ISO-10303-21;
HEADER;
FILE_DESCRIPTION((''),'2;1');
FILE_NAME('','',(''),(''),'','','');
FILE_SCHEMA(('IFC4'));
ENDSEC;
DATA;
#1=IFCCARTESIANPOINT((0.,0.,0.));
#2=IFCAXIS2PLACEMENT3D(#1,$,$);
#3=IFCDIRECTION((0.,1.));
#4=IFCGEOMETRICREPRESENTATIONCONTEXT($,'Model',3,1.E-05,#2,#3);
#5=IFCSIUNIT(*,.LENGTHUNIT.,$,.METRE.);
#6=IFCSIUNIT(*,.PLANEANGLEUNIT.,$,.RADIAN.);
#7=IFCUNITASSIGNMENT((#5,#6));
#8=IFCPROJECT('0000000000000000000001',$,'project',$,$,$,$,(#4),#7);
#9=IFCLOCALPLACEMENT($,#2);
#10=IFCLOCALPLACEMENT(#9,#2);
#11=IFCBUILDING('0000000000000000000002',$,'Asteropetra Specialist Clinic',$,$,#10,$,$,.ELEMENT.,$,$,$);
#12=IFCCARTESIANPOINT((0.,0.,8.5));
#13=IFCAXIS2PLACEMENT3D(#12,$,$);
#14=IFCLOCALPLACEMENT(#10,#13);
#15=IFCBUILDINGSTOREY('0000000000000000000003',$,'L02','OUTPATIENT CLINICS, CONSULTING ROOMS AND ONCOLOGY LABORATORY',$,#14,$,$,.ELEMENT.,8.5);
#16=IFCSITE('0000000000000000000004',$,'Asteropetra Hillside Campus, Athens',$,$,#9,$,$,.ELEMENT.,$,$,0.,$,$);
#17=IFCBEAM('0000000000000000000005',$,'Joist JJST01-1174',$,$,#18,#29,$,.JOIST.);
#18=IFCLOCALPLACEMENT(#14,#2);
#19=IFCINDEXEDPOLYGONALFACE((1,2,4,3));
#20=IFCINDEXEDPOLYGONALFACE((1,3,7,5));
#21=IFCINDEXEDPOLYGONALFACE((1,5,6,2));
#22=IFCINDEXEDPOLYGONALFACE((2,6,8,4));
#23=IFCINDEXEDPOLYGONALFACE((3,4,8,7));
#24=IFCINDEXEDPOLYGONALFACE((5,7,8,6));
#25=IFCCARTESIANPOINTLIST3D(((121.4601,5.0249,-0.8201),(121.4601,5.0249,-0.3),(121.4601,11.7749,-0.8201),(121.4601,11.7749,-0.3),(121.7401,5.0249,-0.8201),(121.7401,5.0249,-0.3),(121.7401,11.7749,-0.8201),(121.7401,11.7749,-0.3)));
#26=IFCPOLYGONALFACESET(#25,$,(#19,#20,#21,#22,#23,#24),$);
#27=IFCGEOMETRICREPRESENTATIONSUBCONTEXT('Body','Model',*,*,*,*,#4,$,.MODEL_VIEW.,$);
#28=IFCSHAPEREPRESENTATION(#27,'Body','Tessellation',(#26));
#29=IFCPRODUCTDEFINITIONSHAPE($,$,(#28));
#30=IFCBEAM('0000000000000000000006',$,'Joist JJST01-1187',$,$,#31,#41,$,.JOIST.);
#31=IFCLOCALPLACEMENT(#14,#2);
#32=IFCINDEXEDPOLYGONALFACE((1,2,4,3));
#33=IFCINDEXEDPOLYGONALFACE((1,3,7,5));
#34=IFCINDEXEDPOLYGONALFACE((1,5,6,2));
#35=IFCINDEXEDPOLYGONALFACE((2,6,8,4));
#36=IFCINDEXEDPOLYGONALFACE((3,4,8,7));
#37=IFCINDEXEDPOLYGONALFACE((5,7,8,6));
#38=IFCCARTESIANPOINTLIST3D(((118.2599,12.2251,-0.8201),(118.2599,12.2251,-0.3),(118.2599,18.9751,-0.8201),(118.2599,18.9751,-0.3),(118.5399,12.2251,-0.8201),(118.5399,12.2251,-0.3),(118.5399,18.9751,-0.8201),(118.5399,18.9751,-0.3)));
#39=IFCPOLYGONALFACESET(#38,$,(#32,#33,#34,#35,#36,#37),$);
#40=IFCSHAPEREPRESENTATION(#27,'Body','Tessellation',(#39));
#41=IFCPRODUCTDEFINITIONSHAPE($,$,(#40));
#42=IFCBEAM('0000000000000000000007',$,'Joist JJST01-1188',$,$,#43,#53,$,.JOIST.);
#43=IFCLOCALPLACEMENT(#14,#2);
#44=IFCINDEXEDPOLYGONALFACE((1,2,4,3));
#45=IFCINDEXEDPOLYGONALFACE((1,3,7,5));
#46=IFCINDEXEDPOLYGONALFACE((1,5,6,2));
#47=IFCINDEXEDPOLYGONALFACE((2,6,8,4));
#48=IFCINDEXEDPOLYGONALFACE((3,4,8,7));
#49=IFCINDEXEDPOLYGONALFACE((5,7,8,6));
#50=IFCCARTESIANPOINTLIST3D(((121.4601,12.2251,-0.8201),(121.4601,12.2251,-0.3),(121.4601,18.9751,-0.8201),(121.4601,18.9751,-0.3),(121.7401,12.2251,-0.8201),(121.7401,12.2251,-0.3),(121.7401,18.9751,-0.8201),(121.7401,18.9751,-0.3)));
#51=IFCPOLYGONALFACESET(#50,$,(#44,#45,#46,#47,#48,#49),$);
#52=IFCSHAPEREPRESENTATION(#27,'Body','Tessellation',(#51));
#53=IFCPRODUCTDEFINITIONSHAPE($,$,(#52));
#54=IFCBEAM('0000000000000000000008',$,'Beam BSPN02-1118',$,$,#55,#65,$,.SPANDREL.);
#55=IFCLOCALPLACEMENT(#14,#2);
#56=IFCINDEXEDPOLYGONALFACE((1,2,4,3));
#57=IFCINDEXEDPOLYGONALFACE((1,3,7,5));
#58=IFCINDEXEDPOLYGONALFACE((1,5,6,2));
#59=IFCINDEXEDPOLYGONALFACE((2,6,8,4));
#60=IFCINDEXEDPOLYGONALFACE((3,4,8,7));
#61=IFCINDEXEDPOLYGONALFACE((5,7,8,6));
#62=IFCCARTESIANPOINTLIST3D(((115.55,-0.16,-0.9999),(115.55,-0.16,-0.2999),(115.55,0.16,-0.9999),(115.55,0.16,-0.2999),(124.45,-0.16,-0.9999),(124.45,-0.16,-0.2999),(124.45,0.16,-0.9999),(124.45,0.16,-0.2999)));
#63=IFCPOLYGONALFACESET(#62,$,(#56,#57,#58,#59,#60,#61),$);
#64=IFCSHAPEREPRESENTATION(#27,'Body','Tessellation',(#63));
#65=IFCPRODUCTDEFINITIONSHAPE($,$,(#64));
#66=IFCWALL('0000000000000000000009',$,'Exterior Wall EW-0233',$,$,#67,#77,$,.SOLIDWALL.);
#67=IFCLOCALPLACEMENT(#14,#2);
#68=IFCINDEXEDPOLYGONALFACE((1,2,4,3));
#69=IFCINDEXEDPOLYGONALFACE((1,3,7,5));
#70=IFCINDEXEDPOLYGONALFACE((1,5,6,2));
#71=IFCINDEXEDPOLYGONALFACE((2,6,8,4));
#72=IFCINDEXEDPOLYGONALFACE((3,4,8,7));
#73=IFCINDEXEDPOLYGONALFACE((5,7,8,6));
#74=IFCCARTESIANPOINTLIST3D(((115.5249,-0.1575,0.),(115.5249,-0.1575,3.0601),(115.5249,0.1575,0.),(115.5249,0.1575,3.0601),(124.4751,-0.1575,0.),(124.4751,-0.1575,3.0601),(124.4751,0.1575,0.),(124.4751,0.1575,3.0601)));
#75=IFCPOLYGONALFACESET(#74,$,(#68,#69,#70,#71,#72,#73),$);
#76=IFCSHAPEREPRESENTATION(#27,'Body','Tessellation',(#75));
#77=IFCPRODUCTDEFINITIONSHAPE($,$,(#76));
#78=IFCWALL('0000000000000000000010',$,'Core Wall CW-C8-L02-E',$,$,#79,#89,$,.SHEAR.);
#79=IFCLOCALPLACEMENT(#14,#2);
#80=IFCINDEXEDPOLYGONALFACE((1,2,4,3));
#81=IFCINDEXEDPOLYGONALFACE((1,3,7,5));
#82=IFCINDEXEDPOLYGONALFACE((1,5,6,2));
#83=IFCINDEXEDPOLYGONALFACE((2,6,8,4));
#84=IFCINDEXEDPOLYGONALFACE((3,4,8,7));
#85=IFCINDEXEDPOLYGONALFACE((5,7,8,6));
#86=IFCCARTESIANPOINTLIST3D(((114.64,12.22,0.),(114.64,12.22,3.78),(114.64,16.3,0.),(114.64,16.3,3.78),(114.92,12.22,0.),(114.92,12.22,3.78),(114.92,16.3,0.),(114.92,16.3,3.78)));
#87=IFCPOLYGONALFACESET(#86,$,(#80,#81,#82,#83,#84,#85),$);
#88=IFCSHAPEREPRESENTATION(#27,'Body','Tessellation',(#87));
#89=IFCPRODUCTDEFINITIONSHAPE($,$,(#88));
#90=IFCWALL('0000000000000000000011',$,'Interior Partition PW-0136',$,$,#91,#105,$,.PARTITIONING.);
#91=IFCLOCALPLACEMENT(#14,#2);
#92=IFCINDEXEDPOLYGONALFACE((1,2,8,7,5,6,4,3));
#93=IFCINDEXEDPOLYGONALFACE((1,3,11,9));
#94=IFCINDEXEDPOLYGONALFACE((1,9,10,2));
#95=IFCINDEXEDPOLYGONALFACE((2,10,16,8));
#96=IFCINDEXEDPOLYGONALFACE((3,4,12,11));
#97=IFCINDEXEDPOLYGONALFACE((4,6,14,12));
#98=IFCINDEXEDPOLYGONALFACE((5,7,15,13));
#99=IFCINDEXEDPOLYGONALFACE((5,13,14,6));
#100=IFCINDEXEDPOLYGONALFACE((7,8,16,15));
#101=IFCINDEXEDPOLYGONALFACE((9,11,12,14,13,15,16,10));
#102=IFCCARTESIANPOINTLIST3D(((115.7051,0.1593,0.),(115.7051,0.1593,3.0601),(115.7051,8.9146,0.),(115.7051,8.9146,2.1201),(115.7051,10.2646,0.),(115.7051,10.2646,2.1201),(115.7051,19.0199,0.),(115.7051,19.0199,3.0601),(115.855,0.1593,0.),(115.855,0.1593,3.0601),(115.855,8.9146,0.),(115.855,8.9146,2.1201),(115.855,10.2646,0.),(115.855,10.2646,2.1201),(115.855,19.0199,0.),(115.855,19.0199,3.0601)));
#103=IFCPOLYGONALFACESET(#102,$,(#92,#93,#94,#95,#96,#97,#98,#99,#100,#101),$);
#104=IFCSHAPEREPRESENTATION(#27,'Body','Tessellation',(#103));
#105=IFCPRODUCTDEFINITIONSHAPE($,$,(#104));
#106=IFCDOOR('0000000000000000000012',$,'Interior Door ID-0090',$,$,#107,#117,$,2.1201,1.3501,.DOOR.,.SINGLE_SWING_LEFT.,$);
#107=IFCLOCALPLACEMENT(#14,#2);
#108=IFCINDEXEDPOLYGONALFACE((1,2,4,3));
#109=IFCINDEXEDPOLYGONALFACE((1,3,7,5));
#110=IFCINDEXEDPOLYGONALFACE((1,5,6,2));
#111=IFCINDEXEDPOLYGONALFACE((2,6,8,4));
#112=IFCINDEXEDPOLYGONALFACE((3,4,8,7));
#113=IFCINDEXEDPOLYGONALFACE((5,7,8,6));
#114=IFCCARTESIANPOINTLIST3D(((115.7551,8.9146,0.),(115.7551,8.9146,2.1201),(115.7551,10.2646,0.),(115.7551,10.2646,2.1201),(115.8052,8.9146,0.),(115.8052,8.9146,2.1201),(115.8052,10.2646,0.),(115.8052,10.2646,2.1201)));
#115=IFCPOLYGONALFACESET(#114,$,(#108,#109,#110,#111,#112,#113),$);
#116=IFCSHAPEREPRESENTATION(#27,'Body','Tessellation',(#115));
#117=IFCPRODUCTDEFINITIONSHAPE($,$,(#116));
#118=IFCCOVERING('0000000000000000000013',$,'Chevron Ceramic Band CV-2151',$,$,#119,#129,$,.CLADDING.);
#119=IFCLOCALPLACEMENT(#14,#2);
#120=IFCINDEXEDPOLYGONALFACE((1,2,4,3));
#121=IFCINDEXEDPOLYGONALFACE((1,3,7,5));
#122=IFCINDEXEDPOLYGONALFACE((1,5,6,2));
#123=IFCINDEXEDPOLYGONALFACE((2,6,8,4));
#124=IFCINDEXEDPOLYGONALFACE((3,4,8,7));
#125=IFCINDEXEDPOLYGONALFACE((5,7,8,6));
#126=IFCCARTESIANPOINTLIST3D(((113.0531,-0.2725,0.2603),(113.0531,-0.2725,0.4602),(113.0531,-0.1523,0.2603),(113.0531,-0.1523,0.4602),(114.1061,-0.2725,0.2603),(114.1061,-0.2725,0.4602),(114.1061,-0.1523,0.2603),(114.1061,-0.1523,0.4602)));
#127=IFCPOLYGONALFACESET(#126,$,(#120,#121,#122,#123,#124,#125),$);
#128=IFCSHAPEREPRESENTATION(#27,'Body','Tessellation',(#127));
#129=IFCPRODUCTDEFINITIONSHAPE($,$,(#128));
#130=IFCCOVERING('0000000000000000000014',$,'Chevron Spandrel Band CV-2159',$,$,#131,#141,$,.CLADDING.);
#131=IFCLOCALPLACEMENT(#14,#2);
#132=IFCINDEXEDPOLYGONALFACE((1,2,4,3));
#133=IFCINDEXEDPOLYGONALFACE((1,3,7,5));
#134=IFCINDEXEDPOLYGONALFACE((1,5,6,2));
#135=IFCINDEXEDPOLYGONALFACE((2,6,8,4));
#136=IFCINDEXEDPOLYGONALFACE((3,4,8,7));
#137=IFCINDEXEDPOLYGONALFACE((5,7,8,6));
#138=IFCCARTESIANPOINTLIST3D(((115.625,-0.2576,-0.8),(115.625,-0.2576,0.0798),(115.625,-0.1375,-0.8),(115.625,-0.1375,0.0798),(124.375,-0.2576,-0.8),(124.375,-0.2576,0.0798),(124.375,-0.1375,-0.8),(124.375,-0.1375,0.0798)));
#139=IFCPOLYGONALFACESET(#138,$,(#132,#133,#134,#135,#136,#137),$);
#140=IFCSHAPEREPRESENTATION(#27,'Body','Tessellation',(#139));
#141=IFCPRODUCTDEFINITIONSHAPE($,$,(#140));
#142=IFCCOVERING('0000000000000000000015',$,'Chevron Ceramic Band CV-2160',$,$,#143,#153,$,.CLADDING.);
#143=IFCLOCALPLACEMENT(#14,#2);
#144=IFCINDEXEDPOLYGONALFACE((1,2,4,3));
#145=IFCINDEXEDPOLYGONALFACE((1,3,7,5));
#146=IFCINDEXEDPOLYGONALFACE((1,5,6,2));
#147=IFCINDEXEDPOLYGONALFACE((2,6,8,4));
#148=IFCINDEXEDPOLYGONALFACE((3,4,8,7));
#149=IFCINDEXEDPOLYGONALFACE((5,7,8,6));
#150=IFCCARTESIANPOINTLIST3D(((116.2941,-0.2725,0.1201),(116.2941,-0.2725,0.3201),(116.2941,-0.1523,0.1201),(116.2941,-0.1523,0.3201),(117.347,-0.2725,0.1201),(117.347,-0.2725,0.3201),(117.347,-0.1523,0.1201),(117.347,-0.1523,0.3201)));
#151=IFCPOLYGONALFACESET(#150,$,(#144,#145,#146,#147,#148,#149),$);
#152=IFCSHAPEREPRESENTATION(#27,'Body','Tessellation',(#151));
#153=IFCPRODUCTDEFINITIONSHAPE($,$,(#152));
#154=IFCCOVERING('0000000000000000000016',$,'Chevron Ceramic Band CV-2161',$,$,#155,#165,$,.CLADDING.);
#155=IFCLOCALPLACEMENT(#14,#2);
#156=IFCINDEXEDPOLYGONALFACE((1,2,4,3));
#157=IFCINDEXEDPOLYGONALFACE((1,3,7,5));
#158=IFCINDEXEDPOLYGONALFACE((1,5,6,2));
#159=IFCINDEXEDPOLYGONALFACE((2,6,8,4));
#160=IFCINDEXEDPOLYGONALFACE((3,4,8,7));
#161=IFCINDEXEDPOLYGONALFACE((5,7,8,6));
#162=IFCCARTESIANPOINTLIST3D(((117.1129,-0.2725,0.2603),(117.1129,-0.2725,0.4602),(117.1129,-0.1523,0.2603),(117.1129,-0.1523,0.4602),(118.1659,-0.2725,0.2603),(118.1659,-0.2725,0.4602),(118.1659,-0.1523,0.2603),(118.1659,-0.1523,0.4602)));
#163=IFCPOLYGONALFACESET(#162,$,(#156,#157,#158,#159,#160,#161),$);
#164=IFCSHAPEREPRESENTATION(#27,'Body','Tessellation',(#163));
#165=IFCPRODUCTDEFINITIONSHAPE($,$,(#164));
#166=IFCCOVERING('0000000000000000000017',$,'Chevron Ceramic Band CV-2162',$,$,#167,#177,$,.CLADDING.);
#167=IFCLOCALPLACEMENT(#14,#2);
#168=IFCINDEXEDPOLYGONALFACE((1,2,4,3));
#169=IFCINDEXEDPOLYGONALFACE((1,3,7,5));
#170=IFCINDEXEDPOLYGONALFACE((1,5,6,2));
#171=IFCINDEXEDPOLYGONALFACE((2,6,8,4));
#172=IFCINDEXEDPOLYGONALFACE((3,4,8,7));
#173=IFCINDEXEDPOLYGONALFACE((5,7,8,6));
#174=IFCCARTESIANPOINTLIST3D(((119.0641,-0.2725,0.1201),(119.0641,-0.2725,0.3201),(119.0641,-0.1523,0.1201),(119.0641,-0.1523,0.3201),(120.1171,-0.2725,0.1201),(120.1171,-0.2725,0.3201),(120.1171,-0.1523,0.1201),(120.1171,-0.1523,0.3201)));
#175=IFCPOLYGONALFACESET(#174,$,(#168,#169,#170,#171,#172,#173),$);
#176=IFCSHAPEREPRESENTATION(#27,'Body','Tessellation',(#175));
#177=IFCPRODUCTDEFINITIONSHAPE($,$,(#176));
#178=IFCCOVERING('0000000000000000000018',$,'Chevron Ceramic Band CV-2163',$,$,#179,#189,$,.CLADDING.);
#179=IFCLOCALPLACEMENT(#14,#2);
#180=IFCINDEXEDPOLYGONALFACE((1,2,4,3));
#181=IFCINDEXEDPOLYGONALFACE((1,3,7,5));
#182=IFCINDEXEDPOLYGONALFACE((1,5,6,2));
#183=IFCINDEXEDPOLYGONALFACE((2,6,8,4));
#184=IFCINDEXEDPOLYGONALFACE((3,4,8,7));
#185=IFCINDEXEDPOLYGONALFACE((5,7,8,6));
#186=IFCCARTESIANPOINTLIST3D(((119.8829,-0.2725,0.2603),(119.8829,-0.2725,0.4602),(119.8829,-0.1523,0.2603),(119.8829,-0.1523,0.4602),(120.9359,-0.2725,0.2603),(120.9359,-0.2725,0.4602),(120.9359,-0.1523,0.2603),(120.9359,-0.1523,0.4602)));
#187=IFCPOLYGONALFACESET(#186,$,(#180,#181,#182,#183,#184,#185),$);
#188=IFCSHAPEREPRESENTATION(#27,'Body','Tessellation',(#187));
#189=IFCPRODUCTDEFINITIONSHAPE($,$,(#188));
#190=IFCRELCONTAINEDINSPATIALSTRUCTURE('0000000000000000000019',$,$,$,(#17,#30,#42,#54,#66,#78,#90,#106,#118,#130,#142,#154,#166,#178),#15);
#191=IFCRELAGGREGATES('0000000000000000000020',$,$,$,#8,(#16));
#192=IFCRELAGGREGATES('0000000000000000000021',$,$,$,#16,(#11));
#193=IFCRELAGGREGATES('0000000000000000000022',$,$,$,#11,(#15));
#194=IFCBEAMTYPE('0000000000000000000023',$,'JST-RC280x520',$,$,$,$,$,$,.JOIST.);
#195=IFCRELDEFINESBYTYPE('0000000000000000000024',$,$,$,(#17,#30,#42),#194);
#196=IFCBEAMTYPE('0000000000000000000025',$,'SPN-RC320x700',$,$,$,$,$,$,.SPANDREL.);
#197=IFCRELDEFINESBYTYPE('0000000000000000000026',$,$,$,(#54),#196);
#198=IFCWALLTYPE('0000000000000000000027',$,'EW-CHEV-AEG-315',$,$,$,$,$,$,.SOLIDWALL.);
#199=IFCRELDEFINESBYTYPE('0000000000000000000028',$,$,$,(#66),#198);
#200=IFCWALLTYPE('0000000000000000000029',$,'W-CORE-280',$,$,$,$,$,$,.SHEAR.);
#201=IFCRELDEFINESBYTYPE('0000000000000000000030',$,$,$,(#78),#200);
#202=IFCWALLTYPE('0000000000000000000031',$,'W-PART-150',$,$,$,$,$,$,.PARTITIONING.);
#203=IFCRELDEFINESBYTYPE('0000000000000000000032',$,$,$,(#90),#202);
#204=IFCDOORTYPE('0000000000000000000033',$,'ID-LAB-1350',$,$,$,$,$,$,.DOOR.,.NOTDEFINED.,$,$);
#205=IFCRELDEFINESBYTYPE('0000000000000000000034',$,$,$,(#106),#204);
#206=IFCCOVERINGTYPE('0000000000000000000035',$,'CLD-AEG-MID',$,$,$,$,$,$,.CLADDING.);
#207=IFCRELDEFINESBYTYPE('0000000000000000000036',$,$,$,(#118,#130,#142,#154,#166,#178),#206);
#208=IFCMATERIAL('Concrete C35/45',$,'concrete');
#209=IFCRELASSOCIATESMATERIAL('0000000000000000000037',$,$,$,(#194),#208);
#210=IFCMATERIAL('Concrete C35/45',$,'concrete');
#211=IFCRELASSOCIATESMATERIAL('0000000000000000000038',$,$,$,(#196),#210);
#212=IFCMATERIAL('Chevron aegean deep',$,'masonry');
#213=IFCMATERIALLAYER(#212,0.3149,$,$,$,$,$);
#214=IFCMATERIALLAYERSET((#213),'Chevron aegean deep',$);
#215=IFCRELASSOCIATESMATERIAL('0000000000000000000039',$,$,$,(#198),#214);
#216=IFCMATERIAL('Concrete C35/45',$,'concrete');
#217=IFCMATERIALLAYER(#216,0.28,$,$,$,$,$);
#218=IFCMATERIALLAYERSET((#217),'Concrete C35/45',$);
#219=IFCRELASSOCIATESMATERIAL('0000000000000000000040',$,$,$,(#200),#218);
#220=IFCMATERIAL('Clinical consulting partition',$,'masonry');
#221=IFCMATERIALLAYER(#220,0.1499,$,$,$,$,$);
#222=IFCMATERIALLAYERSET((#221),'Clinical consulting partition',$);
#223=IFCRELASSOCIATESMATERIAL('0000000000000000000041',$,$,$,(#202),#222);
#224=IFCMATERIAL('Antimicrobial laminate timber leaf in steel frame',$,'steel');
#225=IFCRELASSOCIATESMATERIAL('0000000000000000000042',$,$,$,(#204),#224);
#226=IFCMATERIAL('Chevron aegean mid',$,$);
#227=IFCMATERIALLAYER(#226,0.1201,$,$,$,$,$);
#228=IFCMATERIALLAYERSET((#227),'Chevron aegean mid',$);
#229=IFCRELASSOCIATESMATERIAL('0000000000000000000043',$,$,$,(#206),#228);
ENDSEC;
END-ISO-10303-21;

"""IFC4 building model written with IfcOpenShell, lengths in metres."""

from ifc_helpers import new_model, si_unit, direction, frame, frame_2d, origin, origin_2d, place, context, subcontext, project, spatial, rectangle, extrude, material, layer, layer_set, material_profile, profile_set, type_object, element, fill, save


model = new_model("IFC4")

# Units and contexts
model_context = context("Model", 3, precision=1e-05, world=origin(), true_north=direction((0.0, 1.0)))
body_context = subcontext(model_context, "Body", "Model", "MODEL_VIEW")
ifc_project = project(units=[si_unit("LENGTHUNIT", "METRE"), si_unit("PLANEANGLEUNIT", "RADIAN")], contexts=[model_context])

# Site, building, storey
site_placement = place(None, origin())
site = spatial("IfcSite", under=ifc_project, at=site_placement, Name="Asteropetra Hillside Campus, Athens", CompositionType="ELEMENT", RefElevation=0.0)
building_placement = place(site_placement, origin())
building = spatial("IfcBuilding", under=site, at=building_placement, Name="Asteropetra Specialist Clinic", CompositionType="ELEMENT")
storey_placement = place(building_placement, frame((0.0, 0.0, 8.5)))
storey = spatial("IfcBuildingStorey", under=building, at=storey_placement, Name="L02", Description="OUTPATIENT CLINICS, CONSULTING ROOMS AND ONCOLOGY LABORATORY", CompositionType="ELEMENT", Elevation=8.5)

# Beams
ifc_material_1 = material(Name="Concrete C35/45", Category="concrete")
ifc_material_profile_1 = material_profile(ifc_material_1, rectangle(XDim=0.28, YDim=0.52, at=origin_2d()), Name="RCJ 280x520")
ifc_profile_set_1 = profile_set([ifc_material_profile_1], Name="Concrete C35/45")
beam_type_1 = type_object("IfcBeamType", Name="JST-RC280x520", PredefinedType="JOIST", material=ifc_profile_set_1)
for number, where, z_axis, x_axis, name in (
    (1, (121.6001, 5.0249, -0.5601), (0.0, 1.0, 0.0), (-1.0, 0.0, 0.0), "Joist JJST01-1174"),
    (2, (118.3999, 12.2251, -0.5601), (0.0, 1.0, 0.0), (-1.0, 0.0, 0.0), "Joist JJST01-1187"),
    (3, (121.6001, 12.2251, -0.5601), (0.0, 1.0, 0.0), (-1.0, 0.0, 0.0), "Joist JJST01-1188"),
):
    element("IfcBeam", number, at=place(storey_placement, frame(where, z_axis=z_axis, x_axis=x_axis)), inside=storey, type_object=beam_type_1, Name=name, PredefinedType="JOIST", context=body_context, shape_type="SweptSolid", body=[
        extrude(rectangle(XDim=0.28, YDim=0.52, at=origin_2d()), origin(), (0.0, 0.0, 1.0), 6.75),
    ])
ifc_material_2 = material(Name="Concrete C35/45", Category="concrete")
ifc_material_profile_2 = material_profile(ifc_material_2, rectangle(XDim=0.3201, YDim=0.7, at=origin_2d()), Name="RCS 320x700")
ifc_profile_set_2 = profile_set([ifc_material_profile_2], Name="Concrete C35/45")
beam_type_2 = type_object("IfcBeamType", Name="SPN-RC320x700", PredefinedType="SPANDREL", material=ifc_profile_set_2)
beam_placement = place(storey_placement, frame((115.55, 0.0, -0.6499), z_axis=(1.0, 0.0, 0.0), x_axis=(0.0, 1.0, 0.0)))
element("IfcBeam", 4, at=beam_placement, inside=storey, type_object=beam_type_2, Name="Beam BSPN02-1118", PredefinedType="SPANDREL", context=body_context, shape_type="SweptSolid", body=[
    extrude(rectangle(XDim=0.3201, YDim=0.7, at=origin_2d()), origin(), (0.0, 0.0, 1.0), 8.8999),
])

# Walls
ifc_material_3 = material(Name="Chevron aegean deep", Category="masonry")
ifc_layer_1 = layer(ifc_material_3, 0.3149)
ifc_layer_set_1 = layer_set([ifc_layer_1], Name="Chevron aegean deep")
wall_type_1 = type_object("IfcWallType", Name="EW-CHEV-AEG-315", PredefinedType="SOLIDWALL", material=ifc_layer_set_1)
wall_1_placement = place(storey_placement, frame((115.5249, 0.0, 0.0), z_axis=(0.0, 0.0, 1.0), x_axis=(1.0, 0.0, 0.0)))
element("IfcWall", 5, at=wall_1_placement, inside=storey, type_object=wall_type_1, Name="Exterior Wall EW-0233", PredefinedType="SOLIDWALL", context=body_context, shape_type="SweptSolid", body=[
    extrude(rectangle(XDim=8.9502, YDim=0.3149, at=frame_2d((4.4751, 0.0))), origin(), (0.0, 0.0, 1.0), 3.0601),
])
ifc_material_4 = material(Name="Concrete C35/45", Category="concrete")
ifc_layer_2 = layer(ifc_material_4, 0.28)
ifc_layer_set_2 = layer_set([ifc_layer_2], Name="Concrete C35/45")
wall_type_2 = type_object("IfcWallType", Name="W-CORE-280", PredefinedType="SHEAR", material=ifc_layer_set_2)
wall_2_placement = place(storey_placement, frame((114.78, 12.22, 0.0), z_axis=(0.0, 0.0, 1.0), x_axis=(0.0, 1.0, 0.0)))
element("IfcWall", 6, at=wall_2_placement, inside=storey, type_object=wall_type_2, Name="Core Wall CW-C8-L02-E", PredefinedType="SHEAR", context=body_context, shape_type="SweptSolid", body=[
    extrude(rectangle(XDim=4.0801, YDim=0.28, at=frame_2d((2.04, 0.0))), origin(), (0.0, 0.0, 1.0), 3.78),
])

# Wall, opening, door
ifc_material_5 = material(Name="Clinical consulting partition", Category="masonry")
ifc_layer_3 = layer(ifc_material_5, 0.1499)
ifc_layer_set_3 = layer_set([ifc_layer_3], Name="Clinical consulting partition")
wall_type_3 = type_object("IfcWallType", Name="W-PART-150", PredefinedType="PARTITIONING", material=ifc_layer_set_3)
wall_3_placement = place(storey_placement, frame((115.78, 0.1594, 0.0), z_axis=(0.0, 0.0, 1.0), x_axis=(0.0, 1.0, 0.0)))
wall_3 = element("IfcWall", 7, at=wall_3_placement, inside=storey, type_object=wall_type_3, Name="Interior Partition PW-0136", PredefinedType="PARTITIONING", context=body_context, shape_type="SweptSolid", body=[
    extrude(rectangle(XDim=18.8606, YDim=0.1499, at=frame_2d((9.4302, 0.0))), origin(), (0.0, 0.0, 1.0), 3.0601),
])
opening_placement = place(wall_3_placement, frame((8.7551, 0.0, 0.0)))
opening = element("IfcOpeningElement", 8, at=opening_placement, cuts=wall_3, PredefinedType="OPENING", context=body_context, shape_type="SweptSolid", body=[
    extrude(rectangle(XDim=1.3501, YDim=2.1201, at=frame_2d((0.675, 1.0601))), frame((0.0, 0.085, 0.0), z_axis=(0.0, -1.0, 0.0), x_axis=(1.0, 0.0, 0.0)), (0.0, 0.0, 1.0), 0.1699),
])
ifc_material_6 = material(Name="Antimicrobial laminate timber leaf in steel frame", Category="steel")
door_type = type_object("IfcDoorType", Name="ID-LAB-1350", OperationType="NOTDEFINED", PredefinedType="DOOR", material=ifc_material_6)
door_placement = place(opening_placement, origin())
door = element("IfcDoor", 9, at=door_placement, inside=storey, type_object=door_type, Name="Interior Door ID-0090", OperationType="SINGLE_SWING_LEFT", OverallHeight=2.1201, OverallWidth=1.3501, PredefinedType="DOOR", context=body_context, shape_type="SweptSolid", body=[
    extrude(rectangle(XDim=1.3501, YDim=2.1201, at=frame_2d((0.675, 1.0601))), frame((0.0, 0.0249, 0.0), z_axis=(0.0, -1.0, 0.0), x_axis=(1.0, 0.0, 0.0)), (0.0, 0.0, 1.0), 0.05),
])
fill(opening, door)

# Coverings
ifc_material_7 = material(Name="Chevron aegean mid")
ifc_layer_4 = layer(ifc_material_7, 0.1201)
ifc_layer_set_4 = layer_set([ifc_layer_4], Name="Chevron aegean mid")
covering_type = type_object("IfcCoveringType", Name="CLD-AEG-MID", PredefinedType="CLADDING", material=ifc_layer_set_4)
covering_1_placement = place(storey_placement, frame((113.5796, -0.2124, 0.2603), z_axis=(0.0, 0.0, 1.0), x_axis=(1.0, 0.0, 0.0)))
element("IfcCovering", 10, at=covering_1_placement, inside=storey, type_object=covering_type, Name="Chevron Ceramic Band CV-2151", PredefinedType="CLADDING", context=body_context, shape_type="SweptSolid", body=[
    extrude(rectangle(XDim=1.053, YDim=0.1201, at=origin_2d()), origin(), (0.0, 0.0, 1.0), 0.2),
])
covering_2_placement = place(storey_placement, frame((120.0, -0.1975, -0.8), z_axis=(0.0, 0.0, 1.0), x_axis=(1.0, 0.0, 0.0)))
element("IfcCovering", 11, at=covering_2_placement, inside=storey, type_object=covering_type, Name="Chevron Spandrel Band CV-2159", PredefinedType="CLADDING", context=body_context, shape_type="SweptSolid", body=[
    extrude(rectangle(XDim=8.75, YDim=0.1201, at=origin_2d()), origin(), (0.0, 0.0, 1.0), 0.8799),
])
for number, where, z_axis, x_axis, name in (
    (12, (116.8206, -0.2124, 0.1201), (0.0, 0.0, 1.0), (1.0, 0.0, 0.0), "Chevron Ceramic Band CV-2160"),
    (13, (117.6394, -0.2124, 0.2603), (0.0, 0.0, 1.0), (1.0, 0.0, 0.0), "Chevron Ceramic Band CV-2161"),
    (14, (119.5906, -0.2124, 0.1201), (0.0, 0.0, 1.0), (1.0, 0.0, 0.0), "Chevron Ceramic Band CV-2162"),
    (15, (120.4094, -0.2124, 0.2603), (0.0, 0.0, 1.0), (1.0, 0.0, 0.0), "Chevron Ceramic Band CV-2163"),
):
    element("IfcCovering", number, at=place(storey_placement, frame(where, z_axis=z_axis, x_axis=x_axis)), inside=storey, type_object=covering_type, Name=name, PredefinedType="CLADDING", context=body_context, shape_type="SweptSolid", body=[
        extrude(rectangle(XDim=1.053, YDim=0.1201, at=origin_2d()), origin(), (0.0, 0.0, 1.0), 0.2),
    ])

save(model, "model.ifc")
